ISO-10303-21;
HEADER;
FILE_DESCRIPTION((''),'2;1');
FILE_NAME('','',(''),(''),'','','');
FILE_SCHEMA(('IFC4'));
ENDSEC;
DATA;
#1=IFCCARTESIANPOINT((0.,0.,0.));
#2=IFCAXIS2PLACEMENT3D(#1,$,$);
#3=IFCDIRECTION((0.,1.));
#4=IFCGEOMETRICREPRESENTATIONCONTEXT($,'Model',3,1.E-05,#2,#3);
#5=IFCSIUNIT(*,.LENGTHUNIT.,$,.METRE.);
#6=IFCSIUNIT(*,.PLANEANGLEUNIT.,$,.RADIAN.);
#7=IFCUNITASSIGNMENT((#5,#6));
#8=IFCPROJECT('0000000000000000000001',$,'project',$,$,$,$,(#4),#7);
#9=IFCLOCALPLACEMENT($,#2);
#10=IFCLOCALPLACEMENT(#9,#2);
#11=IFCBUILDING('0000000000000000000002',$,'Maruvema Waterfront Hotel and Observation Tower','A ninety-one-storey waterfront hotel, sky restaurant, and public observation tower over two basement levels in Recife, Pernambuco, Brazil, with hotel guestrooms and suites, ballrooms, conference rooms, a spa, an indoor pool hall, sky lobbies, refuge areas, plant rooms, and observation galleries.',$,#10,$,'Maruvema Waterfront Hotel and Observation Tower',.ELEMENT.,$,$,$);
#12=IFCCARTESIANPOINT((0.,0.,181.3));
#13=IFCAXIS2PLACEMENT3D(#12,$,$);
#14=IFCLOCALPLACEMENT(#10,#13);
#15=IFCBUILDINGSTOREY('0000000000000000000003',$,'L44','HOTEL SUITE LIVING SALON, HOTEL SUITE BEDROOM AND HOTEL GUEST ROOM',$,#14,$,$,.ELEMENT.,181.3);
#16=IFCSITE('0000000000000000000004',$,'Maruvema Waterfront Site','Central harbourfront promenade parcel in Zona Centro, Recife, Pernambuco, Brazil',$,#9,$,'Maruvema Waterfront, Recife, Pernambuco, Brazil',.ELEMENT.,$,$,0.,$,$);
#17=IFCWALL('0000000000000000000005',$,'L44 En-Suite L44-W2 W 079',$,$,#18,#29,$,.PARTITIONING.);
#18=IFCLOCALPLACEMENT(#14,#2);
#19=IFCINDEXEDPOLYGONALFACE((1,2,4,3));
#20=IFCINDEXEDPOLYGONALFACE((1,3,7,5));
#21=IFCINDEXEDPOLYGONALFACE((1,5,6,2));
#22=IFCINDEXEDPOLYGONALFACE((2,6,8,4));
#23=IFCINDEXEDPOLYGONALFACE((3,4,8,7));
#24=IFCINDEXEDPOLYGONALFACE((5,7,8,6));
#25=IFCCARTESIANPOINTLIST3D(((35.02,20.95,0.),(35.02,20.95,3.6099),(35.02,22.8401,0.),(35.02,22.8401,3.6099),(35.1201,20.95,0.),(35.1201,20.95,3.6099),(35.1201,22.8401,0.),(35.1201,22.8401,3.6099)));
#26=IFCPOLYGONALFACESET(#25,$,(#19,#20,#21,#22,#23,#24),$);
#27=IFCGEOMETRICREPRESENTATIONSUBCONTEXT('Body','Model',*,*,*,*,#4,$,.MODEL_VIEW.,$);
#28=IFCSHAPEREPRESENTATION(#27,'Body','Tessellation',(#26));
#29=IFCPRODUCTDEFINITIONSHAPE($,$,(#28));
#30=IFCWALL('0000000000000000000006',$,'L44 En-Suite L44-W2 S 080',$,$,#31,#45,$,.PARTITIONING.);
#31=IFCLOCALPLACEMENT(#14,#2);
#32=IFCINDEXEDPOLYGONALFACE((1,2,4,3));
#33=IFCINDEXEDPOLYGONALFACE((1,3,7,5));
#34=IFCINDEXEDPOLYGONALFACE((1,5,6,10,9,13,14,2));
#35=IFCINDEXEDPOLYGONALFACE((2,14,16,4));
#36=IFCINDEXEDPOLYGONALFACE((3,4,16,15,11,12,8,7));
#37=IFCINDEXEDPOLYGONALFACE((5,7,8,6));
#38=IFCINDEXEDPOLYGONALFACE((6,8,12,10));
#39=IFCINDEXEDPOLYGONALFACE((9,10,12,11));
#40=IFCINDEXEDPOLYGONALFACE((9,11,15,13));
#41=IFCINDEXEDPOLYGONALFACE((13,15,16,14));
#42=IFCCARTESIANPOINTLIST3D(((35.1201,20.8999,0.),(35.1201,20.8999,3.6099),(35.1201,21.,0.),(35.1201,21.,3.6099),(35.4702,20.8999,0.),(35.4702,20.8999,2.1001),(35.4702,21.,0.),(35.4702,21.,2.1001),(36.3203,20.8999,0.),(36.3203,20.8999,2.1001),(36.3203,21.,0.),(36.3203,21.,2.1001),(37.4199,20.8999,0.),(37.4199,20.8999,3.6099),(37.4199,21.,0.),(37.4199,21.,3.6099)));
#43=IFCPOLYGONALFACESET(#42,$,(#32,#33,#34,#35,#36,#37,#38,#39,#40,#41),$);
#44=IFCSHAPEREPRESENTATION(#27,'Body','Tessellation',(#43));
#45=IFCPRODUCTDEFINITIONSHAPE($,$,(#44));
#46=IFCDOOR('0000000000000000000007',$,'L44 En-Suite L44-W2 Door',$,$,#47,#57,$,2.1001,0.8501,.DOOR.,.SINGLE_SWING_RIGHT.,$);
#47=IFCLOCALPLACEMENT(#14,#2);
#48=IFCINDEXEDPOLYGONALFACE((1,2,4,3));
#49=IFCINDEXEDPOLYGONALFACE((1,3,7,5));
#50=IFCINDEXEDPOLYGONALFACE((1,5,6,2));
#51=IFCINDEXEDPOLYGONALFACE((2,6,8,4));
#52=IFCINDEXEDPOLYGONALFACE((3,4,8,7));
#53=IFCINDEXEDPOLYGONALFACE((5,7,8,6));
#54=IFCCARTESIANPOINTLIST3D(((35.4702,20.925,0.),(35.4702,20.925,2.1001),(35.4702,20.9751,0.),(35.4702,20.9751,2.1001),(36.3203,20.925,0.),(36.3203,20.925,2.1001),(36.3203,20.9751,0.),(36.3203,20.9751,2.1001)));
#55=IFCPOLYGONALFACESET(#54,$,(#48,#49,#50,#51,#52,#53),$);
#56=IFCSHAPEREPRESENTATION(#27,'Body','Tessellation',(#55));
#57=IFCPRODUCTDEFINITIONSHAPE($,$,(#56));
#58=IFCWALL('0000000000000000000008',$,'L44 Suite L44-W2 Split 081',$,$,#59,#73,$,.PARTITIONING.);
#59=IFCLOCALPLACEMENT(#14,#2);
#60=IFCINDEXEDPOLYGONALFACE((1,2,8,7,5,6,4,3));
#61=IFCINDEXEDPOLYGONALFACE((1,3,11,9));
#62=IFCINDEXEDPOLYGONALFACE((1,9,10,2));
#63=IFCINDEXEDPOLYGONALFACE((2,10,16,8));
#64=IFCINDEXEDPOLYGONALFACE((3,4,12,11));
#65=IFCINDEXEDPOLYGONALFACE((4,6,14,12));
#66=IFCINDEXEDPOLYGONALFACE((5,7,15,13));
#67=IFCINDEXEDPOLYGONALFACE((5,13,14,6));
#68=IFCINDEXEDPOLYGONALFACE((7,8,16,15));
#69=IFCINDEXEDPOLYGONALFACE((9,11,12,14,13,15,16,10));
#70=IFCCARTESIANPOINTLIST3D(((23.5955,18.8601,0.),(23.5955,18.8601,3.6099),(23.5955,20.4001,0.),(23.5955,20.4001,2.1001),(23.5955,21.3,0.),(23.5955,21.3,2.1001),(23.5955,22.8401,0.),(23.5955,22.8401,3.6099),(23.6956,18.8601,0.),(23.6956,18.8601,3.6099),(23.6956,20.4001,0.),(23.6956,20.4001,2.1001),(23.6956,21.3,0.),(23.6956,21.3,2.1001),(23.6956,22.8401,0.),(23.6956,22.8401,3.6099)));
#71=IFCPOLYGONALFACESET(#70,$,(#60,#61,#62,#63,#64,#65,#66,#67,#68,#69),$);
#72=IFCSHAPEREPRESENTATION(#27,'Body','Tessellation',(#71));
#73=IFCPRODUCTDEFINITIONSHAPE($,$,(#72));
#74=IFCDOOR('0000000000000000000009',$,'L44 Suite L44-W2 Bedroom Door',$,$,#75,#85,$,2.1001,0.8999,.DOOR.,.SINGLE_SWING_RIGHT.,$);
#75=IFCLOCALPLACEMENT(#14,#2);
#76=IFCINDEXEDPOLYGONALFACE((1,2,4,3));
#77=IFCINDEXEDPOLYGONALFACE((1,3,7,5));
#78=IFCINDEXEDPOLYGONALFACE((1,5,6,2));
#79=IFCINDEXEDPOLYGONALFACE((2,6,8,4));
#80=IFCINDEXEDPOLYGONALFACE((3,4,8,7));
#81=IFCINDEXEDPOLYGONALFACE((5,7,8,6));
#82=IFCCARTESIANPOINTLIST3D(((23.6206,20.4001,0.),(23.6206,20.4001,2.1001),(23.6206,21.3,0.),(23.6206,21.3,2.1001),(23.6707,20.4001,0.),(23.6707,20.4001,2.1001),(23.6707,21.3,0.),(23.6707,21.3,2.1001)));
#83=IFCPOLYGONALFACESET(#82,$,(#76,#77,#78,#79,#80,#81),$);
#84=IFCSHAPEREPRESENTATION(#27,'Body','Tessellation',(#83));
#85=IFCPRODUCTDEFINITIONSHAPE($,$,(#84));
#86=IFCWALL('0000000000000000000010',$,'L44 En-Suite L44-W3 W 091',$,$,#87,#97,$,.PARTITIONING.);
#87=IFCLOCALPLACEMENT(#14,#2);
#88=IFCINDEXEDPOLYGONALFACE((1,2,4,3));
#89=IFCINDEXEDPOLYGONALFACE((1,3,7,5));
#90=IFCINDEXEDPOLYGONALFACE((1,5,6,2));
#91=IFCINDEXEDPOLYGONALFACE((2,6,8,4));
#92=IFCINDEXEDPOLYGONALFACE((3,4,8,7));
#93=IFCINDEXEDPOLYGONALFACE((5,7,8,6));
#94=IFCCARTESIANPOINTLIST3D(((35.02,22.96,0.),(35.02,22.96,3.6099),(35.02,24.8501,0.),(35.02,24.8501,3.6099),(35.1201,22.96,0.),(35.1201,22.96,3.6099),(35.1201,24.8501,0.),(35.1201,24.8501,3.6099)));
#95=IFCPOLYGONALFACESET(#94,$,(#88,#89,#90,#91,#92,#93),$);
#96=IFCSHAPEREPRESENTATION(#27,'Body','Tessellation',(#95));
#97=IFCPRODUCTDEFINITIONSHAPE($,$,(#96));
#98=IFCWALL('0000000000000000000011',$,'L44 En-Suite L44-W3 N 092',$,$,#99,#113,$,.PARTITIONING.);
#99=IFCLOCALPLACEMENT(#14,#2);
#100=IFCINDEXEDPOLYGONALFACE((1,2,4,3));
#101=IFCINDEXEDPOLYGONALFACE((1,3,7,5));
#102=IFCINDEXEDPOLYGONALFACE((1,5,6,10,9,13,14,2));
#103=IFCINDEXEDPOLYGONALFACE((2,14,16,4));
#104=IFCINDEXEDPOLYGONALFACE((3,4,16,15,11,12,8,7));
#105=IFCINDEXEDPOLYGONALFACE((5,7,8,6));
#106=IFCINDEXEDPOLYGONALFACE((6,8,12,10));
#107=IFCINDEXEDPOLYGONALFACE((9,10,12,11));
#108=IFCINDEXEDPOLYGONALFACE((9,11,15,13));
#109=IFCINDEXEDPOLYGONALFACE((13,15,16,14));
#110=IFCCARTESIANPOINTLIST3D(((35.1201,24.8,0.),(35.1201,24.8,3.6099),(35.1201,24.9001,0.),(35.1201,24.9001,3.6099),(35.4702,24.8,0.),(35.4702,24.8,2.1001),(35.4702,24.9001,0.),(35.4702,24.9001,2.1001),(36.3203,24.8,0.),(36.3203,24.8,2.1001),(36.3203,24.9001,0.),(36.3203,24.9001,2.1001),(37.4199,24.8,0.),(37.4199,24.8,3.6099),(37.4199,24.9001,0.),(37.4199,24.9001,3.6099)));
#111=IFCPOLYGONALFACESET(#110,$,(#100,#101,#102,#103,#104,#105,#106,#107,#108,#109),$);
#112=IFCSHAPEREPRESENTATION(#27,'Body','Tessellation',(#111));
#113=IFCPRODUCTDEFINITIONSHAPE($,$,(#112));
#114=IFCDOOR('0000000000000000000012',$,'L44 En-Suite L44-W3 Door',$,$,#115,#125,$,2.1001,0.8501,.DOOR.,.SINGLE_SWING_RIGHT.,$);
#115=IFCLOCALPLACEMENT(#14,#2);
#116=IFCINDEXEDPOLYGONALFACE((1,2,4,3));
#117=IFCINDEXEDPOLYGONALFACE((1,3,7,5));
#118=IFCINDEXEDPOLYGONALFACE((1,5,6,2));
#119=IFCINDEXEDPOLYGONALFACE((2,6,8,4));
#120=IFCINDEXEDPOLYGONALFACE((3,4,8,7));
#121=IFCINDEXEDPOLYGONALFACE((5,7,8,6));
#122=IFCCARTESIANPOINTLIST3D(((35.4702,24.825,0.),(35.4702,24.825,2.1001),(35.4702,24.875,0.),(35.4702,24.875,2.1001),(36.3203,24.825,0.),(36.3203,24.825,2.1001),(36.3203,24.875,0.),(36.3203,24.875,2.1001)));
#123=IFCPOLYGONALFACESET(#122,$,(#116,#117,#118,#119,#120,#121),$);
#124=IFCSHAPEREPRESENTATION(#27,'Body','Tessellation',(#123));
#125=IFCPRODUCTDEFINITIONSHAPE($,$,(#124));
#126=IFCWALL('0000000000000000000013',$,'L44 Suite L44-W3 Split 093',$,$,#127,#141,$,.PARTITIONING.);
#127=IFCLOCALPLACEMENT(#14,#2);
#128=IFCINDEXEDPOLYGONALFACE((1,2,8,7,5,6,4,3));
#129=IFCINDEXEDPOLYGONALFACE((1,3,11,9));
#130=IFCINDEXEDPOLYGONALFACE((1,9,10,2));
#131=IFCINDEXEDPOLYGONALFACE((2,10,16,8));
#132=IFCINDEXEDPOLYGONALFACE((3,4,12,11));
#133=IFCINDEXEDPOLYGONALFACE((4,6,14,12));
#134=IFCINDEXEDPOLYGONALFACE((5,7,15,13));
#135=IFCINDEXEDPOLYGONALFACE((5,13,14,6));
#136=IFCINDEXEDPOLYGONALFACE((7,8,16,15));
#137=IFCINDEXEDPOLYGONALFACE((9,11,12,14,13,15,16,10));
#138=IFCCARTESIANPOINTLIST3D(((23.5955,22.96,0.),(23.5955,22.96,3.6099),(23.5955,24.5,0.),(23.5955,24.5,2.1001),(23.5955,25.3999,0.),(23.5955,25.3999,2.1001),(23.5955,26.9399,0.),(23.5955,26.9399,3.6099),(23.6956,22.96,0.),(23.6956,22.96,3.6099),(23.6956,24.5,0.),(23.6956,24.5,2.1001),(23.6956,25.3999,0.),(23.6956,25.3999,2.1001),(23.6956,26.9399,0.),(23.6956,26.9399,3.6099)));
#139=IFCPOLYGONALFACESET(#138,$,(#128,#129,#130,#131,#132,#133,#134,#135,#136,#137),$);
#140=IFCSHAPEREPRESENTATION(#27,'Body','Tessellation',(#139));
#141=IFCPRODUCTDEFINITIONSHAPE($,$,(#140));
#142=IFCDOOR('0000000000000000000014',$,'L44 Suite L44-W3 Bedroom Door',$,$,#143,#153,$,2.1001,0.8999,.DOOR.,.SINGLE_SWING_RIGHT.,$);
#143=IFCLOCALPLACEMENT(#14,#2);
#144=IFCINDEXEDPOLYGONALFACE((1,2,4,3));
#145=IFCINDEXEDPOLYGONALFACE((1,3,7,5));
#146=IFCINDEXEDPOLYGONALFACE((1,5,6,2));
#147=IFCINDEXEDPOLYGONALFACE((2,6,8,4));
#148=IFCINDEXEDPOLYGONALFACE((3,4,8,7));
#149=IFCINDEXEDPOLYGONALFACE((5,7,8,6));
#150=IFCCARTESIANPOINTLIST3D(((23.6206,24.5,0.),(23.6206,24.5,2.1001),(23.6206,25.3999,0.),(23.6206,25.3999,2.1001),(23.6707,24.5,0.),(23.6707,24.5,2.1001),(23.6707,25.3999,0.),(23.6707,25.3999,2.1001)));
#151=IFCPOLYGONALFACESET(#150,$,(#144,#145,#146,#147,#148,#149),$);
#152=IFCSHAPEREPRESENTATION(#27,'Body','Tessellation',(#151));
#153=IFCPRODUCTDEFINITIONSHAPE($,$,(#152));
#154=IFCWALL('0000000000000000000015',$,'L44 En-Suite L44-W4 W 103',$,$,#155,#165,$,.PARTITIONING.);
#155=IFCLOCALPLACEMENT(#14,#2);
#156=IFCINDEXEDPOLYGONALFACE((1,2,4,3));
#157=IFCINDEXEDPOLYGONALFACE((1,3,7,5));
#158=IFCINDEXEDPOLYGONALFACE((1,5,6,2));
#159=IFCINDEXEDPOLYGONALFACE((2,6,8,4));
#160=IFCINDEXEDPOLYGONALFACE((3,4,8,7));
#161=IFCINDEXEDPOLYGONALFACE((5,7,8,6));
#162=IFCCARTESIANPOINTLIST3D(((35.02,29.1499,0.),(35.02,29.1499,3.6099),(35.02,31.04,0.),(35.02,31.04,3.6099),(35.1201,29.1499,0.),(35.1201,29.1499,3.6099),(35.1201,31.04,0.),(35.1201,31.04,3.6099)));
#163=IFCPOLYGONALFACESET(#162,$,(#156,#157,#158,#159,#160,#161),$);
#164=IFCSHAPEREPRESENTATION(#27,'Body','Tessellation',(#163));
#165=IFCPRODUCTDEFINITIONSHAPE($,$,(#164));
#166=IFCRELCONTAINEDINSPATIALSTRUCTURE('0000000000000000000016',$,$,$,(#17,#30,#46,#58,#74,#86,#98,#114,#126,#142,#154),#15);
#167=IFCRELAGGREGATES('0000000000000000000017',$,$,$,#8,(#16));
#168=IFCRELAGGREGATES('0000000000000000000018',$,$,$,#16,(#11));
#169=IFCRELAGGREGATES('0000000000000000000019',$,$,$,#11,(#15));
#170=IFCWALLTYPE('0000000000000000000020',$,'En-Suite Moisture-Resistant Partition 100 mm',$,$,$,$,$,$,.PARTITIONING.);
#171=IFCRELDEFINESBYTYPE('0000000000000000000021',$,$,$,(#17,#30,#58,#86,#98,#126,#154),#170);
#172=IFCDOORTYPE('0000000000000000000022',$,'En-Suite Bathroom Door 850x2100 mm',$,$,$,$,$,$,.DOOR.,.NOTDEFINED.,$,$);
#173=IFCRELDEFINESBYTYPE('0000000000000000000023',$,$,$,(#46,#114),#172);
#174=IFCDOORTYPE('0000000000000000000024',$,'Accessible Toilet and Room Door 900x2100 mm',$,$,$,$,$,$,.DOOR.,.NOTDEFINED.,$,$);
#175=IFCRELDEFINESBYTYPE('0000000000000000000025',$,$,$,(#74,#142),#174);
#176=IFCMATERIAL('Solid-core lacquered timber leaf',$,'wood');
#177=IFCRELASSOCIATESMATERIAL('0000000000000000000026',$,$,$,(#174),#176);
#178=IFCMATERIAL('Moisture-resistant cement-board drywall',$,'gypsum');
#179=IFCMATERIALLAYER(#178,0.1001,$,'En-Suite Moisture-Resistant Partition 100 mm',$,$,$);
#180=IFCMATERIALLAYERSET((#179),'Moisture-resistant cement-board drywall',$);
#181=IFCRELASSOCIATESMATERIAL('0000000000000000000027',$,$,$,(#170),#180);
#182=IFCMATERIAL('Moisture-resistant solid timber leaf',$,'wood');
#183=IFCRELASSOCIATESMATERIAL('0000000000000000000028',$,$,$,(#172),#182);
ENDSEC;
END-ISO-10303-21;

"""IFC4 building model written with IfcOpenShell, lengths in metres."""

from ifc_helpers import new_model, si_unit, direction, frame, frame_2d, origin, place, context, subcontext, project, spatial, rectangle, extrude, material, layer, layer_set, type_object, element, fill, save


model = new_model("IFC4")

# Units and contexts
model_context = context("Model", 3, precision=1e-05, world=origin(), true_north=direction((0.0, 1.0)))
body_context = subcontext(model_context, "Body", "Model", "MODEL_VIEW")
ifc_project = project(units=[si_unit("LENGTHUNIT", "METRE"), si_unit("PLANEANGLEUNIT", "RADIAN")], contexts=[model_context])

# Site, building, storey
site_placement = place(None, origin())
site = spatial("IfcSite", under=ifc_project, at=site_placement, Name="Maruvema Waterfront Site", Description="Central harbourfront promenade parcel in Zona Centro, Recife, Pernambuco, Brazil", LongName="Maruvema Waterfront, Recife, Pernambuco, Brazil", CompositionType="ELEMENT", RefElevation=0.0)
building_placement = place(site_placement, origin())
building = spatial("IfcBuilding", under=site, at=building_placement, Name="Maruvema Waterfront Hotel and Observation Tower", Description="A ninety-one-storey waterfront hotel, sky restaurant, and public observation tower over two basement levels in Recife, Pernambuco, Brazil, with hotel guestrooms and suites, ballrooms, conference rooms, a spa, an indoor pool hall, sky lobbies, refuge areas, plant rooms, and observation galleries.", LongName="Maruvema Waterfront Hotel and Observation Tower", CompositionType="ELEMENT")
storey_placement = place(building_placement, frame((0.0, 0.0, 181.3)))
storey = spatial("IfcBuildingStorey", under=building, at=storey_placement, Name="L44", Description="HOTEL SUITE LIVING SALON, HOTEL SUITE BEDROOM AND HOTEL GUEST ROOM", CompositionType="ELEMENT", Elevation=181.3)

# Shared definitions
ifc_material_1 = material(Name="Solid-core lacquered timber leaf", Category="wood")
door_type_1 = type_object("IfcDoorType", Name="Accessible Toilet and Room Door 900x2100 mm", OperationType="NOTDEFINED", PredefinedType="DOOR", material=ifc_material_1)

# Wall
ifc_material_2 = material(Name="Moisture-resistant cement-board drywall", Category="gypsum")
ifc_layer_1 = layer(ifc_material_2, 0.1001, Name="En-Suite Moisture-Resistant Partition 100 mm")
ifc_layer_set_1 = layer_set([ifc_layer_1], Name="Moisture-resistant cement-board drywall")
wall_type_1 = type_object("IfcWallType", Name="En-Suite Moisture-Resistant Partition 100 mm", PredefinedType="PARTITIONING", material=ifc_layer_set_1)
wall_1_placement = place(storey_placement, frame((35.0701, 20.95, 0.0), z_axis=(0.0, 0.0, 1.0), x_axis=(0.0, 1.0, 0.0)))
element("IfcWall", 1, at=wall_1_placement, inside=storey, type_object=wall_type_1, Name="L44 En-Suite L44-W2 W 079", PredefinedType="PARTITIONING", context=body_context, shape_type="SweptSolid", body=[
    extrude(rectangle(XDim=1.8901, YDim=0.1001, at=frame_2d((0.9451, 0.0))), origin(), (0.0, 0.0, 1.0), 3.6099),
])

# Walls, openings, doors
wall_2_placement = place(storey_placement, frame((35.1201, 20.95, 0.0), z_axis=(0.0, 0.0, 1.0), x_axis=(1.0, 0.0, 0.0)))
wall_2 = element("IfcWall", 2, at=wall_2_placement, inside=storey, type_object=wall_type_1, Name="L44 En-Suite L44-W2 S 080", PredefinedType="PARTITIONING", context=body_context, shape_type="SweptSolid", body=[
    extrude(rectangle(XDim=2.2998, YDim=0.1001, at=frame_2d((1.1499, 0.0))), origin(), (0.0, 0.0, 1.0), 3.6099),
])
opening_1_placement = place(wall_2_placement, frame((0.3501, 0.0, 0.0)))
opening_1 = element("IfcOpeningElement", 3, at=opening_1_placement, cuts=wall_2, PredefinedType="OPENING", context=body_context, shape_type="SweptSolid", body=[
    extrude(rectangle(XDim=0.8501, YDim=2.1001, at=frame_2d((0.425, 1.05))), frame((0.0, 0.0601, 0.0), z_axis=(0.0, -1.0, 0.0), x_axis=(1.0, 0.0, 0.0)), (0.0, 0.0, 1.0), 0.1201),
])
ifc_material_3 = material(Name="Moisture-resistant solid timber leaf", Category="wood")
door_type_2 = type_object("IfcDoorType", Name="En-Suite Bathroom Door 850x2100 mm", OperationType="NOTDEFINED", PredefinedType="DOOR", material=ifc_material_3)
door_1_placement = place(opening_1_placement, frame((0.8501, 0.0, 0.0), z_axis=(0.0, 0.0, 1.0), x_axis=(-1.0, 0.0, 0.0)))
door_1 = element("IfcDoor", 4, at=door_1_placement, inside=storey, type_object=door_type_2, Name="L44 En-Suite L44-W2 Door", OperationType="SINGLE_SWING_RIGHT", OverallHeight=2.1001, OverallWidth=0.8501, PredefinedType="DOOR", context=body_context, shape_type="SweptSolid", body=[
    extrude(rectangle(XDim=0.8501, YDim=2.1001, at=frame_2d((0.425, 1.05))), frame((0.0, 0.0249, 0.0), z_axis=(0.0, -1.0, 0.0), x_axis=(1.0, 0.0, 0.0)), (0.0, 0.0, 1.0), 0.05),
])
fill(opening_1, door_1)
wall_3_placement = place(storey_placement, frame((23.6455, 18.8601, 0.0), z_axis=(0.0, 0.0, 1.0), x_axis=(0.0, 1.0, 0.0)))
wall_3 = element("IfcWall", 5, at=wall_3_placement, inside=storey, type_object=wall_type_1, Name="L44 Suite L44-W2 Split 081", PredefinedType="PARTITIONING", context=body_context, shape_type="SweptSolid", body=[
    extrude(rectangle(XDim=3.98, YDim=0.1001, at=frame_2d((1.99, 0.0))), origin(), (0.0, 0.0, 1.0), 3.6099),
])
opening_2_placement = place(wall_3_placement, frame((1.54, 0.0, 0.0)))
opening_2 = element("IfcOpeningElement", 6, at=opening_2_placement, cuts=wall_3, PredefinedType="OPENING", context=body_context, shape_type="SweptSolid", body=[
    extrude(rectangle(XDim=0.8999, YDim=2.1001, at=frame_2d((0.45, 1.05))), frame((0.0, 0.0601, 0.0), z_axis=(0.0, -1.0, 0.0), x_axis=(1.0, 0.0, 0.0)), (0.0, 0.0, 1.0), 0.1201),
])
door_2_placement = place(opening_2_placement, origin())
door_2 = element("IfcDoor", 7, at=door_2_placement, inside=storey, type_object=door_type_1, Name="L44 Suite L44-W2 Bedroom Door", OperationType="SINGLE_SWING_RIGHT", OverallHeight=2.1001, OverallWidth=0.8999, PredefinedType="DOOR", context=body_context, shape_type="SweptSolid", body=[
    extrude(rectangle(XDim=0.8999, YDim=2.1001, at=frame_2d((0.45, 1.05))), frame((0.0, 0.0249, 0.0), z_axis=(0.0, -1.0, 0.0), x_axis=(1.0, 0.0, 0.0)), (0.0, 0.0, 1.0), 0.05),
])
fill(opening_2, door_2)

# Wall
wall_4_placement = place(storey_placement, frame((35.0701, 22.96, 0.0), z_axis=(0.0, 0.0, 1.0), x_axis=(0.0, 1.0, 0.0)))
element("IfcWall", 8, at=wall_4_placement, inside=storey, type_object=wall_type_1, Name="L44 En-Suite L44-W3 W 091", PredefinedType="PARTITIONING", context=body_context, shape_type="SweptSolid", body=[
    extrude(rectangle(XDim=1.8901, YDim=0.1001, at=frame_2d((0.9451, 0.0))), origin(), (0.0, 0.0, 1.0), 3.6099),
])

# Walls, openings, doors
wall_5_placement = place(storey_placement, frame((35.1201, 24.8501, 0.0), z_axis=(0.0, 0.0, 1.0), x_axis=(1.0, 0.0, 0.0)))
wall_5 = element("IfcWall", 9, at=wall_5_placement, inside=storey, type_object=wall_type_1, Name="L44 En-Suite L44-W3 N 092", PredefinedType="PARTITIONING", context=body_context, shape_type="SweptSolid", body=[
    extrude(rectangle(XDim=2.2998, YDim=0.1001, at=frame_2d((1.1499, 0.0))), origin(), (0.0, 0.0, 1.0), 3.6099),
])
opening_3_placement = place(wall_5_placement, frame((0.3501, 0.0, 0.0)))
opening_3 = element("IfcOpeningElement", 10, at=opening_3_placement, cuts=wall_5, PredefinedType="OPENING", context=body_context, shape_type="SweptSolid", body=[
    extrude(rectangle(XDim=0.8501, YDim=2.1001, at=frame_2d((0.425, 1.05))), frame((0.0, 0.0601, 0.0), z_axis=(0.0, -1.0, 0.0), x_axis=(1.0, 0.0, 0.0)), (0.0, 0.0, 1.0), 0.1201),
])
door_3_placement = place(opening_3_placement, origin())
door_3 = element("IfcDoor", 11, at=door_3_placement, inside=storey, type_object=door_type_2, Name="L44 En-Suite L44-W3 Door", OperationType="SINGLE_SWING_RIGHT", OverallHeight=2.1001, OverallWidth=0.8501, PredefinedType="DOOR", context=body_context, shape_type="SweptSolid", body=[
    extrude(rectangle(XDim=0.8501, YDim=2.1001, at=frame_2d((0.425, 1.05))), frame((0.0, 0.0249, 0.0), z_axis=(0.0, -1.0, 0.0), x_axis=(1.0, 0.0, 0.0)), (0.0, 0.0, 1.0), 0.05),
])
fill(opening_3, door_3)
wall_6_placement = place(storey_placement, frame((23.6455, 22.96, 0.0), z_axis=(0.0, 0.0, 1.0), x_axis=(0.0, 1.0, 0.0)))
wall_6 = element("IfcWall", 12, at=wall_6_placement, inside=storey, type_object=wall_type_1, Name="L44 Suite L44-W3 Split 093", PredefinedType="PARTITIONING", context=body_context, shape_type="SweptSolid", body=[
    extrude(rectangle(XDim=3.98, YDim=0.1001, at=frame_2d((1.99, 0.0))), origin(), (0.0, 0.0, 1.0), 3.6099),
])
opening_4_placement = place(wall_6_placement, frame((1.54, 0.0, 0.0)))
opening_4 = element("IfcOpeningElement", 13, at=opening_4_placement, cuts=wall_6, PredefinedType="OPENING", context=body_context, shape_type="SweptSolid", body=[
    extrude(rectangle(XDim=0.8999, YDim=2.1001, at=frame_2d((0.45, 1.05))), frame((0.0, 0.0601, 0.0), z_axis=(0.0, -1.0, 0.0), x_axis=(1.0, 0.0, 0.0)), (0.0, 0.0, 1.0), 0.1201),
])
door_4_placement = place(opening_4_placement, origin())
door_4 = element("IfcDoor", 14, at=door_4_placement, inside=storey, type_object=door_type_1, Name="L44 Suite L44-W3 Bedroom Door", OperationType="SINGLE_SWING_RIGHT", OverallHeight=2.1001, OverallWidth=0.8999, PredefinedType="DOOR", context=body_context, shape_type="SweptSolid", body=[
    extrude(rectangle(XDim=0.8999, YDim=2.1001, at=frame_2d((0.45, 1.05))), frame((0.0, 0.0249, 0.0), z_axis=(0.0, -1.0, 0.0), x_axis=(1.0, 0.0, 0.0)), (0.0, 0.0, 1.0), 0.05),
])
fill(opening_4, door_4)

# Wall
wall_7_placement = place(storey_placement, frame((35.0701, 29.1499, 0.0), z_axis=(0.0, 0.0, 1.0), x_axis=(0.0, 1.0, 0.0)))
element("IfcWall", 15, at=wall_7_placement, inside=storey, type_object=wall_type_1, Name="L44 En-Suite L44-W4 W 103", PredefinedType="PARTITIONING", context=body_context, shape_type="SweptSolid", body=[
    extrude(rectangle(XDim=1.8901, YDim=0.1001, at=frame_2d((0.9451, 0.0))), origin(), (0.0, 0.0, 1.0), 3.6099),
])

save(model, "model.ifc")
